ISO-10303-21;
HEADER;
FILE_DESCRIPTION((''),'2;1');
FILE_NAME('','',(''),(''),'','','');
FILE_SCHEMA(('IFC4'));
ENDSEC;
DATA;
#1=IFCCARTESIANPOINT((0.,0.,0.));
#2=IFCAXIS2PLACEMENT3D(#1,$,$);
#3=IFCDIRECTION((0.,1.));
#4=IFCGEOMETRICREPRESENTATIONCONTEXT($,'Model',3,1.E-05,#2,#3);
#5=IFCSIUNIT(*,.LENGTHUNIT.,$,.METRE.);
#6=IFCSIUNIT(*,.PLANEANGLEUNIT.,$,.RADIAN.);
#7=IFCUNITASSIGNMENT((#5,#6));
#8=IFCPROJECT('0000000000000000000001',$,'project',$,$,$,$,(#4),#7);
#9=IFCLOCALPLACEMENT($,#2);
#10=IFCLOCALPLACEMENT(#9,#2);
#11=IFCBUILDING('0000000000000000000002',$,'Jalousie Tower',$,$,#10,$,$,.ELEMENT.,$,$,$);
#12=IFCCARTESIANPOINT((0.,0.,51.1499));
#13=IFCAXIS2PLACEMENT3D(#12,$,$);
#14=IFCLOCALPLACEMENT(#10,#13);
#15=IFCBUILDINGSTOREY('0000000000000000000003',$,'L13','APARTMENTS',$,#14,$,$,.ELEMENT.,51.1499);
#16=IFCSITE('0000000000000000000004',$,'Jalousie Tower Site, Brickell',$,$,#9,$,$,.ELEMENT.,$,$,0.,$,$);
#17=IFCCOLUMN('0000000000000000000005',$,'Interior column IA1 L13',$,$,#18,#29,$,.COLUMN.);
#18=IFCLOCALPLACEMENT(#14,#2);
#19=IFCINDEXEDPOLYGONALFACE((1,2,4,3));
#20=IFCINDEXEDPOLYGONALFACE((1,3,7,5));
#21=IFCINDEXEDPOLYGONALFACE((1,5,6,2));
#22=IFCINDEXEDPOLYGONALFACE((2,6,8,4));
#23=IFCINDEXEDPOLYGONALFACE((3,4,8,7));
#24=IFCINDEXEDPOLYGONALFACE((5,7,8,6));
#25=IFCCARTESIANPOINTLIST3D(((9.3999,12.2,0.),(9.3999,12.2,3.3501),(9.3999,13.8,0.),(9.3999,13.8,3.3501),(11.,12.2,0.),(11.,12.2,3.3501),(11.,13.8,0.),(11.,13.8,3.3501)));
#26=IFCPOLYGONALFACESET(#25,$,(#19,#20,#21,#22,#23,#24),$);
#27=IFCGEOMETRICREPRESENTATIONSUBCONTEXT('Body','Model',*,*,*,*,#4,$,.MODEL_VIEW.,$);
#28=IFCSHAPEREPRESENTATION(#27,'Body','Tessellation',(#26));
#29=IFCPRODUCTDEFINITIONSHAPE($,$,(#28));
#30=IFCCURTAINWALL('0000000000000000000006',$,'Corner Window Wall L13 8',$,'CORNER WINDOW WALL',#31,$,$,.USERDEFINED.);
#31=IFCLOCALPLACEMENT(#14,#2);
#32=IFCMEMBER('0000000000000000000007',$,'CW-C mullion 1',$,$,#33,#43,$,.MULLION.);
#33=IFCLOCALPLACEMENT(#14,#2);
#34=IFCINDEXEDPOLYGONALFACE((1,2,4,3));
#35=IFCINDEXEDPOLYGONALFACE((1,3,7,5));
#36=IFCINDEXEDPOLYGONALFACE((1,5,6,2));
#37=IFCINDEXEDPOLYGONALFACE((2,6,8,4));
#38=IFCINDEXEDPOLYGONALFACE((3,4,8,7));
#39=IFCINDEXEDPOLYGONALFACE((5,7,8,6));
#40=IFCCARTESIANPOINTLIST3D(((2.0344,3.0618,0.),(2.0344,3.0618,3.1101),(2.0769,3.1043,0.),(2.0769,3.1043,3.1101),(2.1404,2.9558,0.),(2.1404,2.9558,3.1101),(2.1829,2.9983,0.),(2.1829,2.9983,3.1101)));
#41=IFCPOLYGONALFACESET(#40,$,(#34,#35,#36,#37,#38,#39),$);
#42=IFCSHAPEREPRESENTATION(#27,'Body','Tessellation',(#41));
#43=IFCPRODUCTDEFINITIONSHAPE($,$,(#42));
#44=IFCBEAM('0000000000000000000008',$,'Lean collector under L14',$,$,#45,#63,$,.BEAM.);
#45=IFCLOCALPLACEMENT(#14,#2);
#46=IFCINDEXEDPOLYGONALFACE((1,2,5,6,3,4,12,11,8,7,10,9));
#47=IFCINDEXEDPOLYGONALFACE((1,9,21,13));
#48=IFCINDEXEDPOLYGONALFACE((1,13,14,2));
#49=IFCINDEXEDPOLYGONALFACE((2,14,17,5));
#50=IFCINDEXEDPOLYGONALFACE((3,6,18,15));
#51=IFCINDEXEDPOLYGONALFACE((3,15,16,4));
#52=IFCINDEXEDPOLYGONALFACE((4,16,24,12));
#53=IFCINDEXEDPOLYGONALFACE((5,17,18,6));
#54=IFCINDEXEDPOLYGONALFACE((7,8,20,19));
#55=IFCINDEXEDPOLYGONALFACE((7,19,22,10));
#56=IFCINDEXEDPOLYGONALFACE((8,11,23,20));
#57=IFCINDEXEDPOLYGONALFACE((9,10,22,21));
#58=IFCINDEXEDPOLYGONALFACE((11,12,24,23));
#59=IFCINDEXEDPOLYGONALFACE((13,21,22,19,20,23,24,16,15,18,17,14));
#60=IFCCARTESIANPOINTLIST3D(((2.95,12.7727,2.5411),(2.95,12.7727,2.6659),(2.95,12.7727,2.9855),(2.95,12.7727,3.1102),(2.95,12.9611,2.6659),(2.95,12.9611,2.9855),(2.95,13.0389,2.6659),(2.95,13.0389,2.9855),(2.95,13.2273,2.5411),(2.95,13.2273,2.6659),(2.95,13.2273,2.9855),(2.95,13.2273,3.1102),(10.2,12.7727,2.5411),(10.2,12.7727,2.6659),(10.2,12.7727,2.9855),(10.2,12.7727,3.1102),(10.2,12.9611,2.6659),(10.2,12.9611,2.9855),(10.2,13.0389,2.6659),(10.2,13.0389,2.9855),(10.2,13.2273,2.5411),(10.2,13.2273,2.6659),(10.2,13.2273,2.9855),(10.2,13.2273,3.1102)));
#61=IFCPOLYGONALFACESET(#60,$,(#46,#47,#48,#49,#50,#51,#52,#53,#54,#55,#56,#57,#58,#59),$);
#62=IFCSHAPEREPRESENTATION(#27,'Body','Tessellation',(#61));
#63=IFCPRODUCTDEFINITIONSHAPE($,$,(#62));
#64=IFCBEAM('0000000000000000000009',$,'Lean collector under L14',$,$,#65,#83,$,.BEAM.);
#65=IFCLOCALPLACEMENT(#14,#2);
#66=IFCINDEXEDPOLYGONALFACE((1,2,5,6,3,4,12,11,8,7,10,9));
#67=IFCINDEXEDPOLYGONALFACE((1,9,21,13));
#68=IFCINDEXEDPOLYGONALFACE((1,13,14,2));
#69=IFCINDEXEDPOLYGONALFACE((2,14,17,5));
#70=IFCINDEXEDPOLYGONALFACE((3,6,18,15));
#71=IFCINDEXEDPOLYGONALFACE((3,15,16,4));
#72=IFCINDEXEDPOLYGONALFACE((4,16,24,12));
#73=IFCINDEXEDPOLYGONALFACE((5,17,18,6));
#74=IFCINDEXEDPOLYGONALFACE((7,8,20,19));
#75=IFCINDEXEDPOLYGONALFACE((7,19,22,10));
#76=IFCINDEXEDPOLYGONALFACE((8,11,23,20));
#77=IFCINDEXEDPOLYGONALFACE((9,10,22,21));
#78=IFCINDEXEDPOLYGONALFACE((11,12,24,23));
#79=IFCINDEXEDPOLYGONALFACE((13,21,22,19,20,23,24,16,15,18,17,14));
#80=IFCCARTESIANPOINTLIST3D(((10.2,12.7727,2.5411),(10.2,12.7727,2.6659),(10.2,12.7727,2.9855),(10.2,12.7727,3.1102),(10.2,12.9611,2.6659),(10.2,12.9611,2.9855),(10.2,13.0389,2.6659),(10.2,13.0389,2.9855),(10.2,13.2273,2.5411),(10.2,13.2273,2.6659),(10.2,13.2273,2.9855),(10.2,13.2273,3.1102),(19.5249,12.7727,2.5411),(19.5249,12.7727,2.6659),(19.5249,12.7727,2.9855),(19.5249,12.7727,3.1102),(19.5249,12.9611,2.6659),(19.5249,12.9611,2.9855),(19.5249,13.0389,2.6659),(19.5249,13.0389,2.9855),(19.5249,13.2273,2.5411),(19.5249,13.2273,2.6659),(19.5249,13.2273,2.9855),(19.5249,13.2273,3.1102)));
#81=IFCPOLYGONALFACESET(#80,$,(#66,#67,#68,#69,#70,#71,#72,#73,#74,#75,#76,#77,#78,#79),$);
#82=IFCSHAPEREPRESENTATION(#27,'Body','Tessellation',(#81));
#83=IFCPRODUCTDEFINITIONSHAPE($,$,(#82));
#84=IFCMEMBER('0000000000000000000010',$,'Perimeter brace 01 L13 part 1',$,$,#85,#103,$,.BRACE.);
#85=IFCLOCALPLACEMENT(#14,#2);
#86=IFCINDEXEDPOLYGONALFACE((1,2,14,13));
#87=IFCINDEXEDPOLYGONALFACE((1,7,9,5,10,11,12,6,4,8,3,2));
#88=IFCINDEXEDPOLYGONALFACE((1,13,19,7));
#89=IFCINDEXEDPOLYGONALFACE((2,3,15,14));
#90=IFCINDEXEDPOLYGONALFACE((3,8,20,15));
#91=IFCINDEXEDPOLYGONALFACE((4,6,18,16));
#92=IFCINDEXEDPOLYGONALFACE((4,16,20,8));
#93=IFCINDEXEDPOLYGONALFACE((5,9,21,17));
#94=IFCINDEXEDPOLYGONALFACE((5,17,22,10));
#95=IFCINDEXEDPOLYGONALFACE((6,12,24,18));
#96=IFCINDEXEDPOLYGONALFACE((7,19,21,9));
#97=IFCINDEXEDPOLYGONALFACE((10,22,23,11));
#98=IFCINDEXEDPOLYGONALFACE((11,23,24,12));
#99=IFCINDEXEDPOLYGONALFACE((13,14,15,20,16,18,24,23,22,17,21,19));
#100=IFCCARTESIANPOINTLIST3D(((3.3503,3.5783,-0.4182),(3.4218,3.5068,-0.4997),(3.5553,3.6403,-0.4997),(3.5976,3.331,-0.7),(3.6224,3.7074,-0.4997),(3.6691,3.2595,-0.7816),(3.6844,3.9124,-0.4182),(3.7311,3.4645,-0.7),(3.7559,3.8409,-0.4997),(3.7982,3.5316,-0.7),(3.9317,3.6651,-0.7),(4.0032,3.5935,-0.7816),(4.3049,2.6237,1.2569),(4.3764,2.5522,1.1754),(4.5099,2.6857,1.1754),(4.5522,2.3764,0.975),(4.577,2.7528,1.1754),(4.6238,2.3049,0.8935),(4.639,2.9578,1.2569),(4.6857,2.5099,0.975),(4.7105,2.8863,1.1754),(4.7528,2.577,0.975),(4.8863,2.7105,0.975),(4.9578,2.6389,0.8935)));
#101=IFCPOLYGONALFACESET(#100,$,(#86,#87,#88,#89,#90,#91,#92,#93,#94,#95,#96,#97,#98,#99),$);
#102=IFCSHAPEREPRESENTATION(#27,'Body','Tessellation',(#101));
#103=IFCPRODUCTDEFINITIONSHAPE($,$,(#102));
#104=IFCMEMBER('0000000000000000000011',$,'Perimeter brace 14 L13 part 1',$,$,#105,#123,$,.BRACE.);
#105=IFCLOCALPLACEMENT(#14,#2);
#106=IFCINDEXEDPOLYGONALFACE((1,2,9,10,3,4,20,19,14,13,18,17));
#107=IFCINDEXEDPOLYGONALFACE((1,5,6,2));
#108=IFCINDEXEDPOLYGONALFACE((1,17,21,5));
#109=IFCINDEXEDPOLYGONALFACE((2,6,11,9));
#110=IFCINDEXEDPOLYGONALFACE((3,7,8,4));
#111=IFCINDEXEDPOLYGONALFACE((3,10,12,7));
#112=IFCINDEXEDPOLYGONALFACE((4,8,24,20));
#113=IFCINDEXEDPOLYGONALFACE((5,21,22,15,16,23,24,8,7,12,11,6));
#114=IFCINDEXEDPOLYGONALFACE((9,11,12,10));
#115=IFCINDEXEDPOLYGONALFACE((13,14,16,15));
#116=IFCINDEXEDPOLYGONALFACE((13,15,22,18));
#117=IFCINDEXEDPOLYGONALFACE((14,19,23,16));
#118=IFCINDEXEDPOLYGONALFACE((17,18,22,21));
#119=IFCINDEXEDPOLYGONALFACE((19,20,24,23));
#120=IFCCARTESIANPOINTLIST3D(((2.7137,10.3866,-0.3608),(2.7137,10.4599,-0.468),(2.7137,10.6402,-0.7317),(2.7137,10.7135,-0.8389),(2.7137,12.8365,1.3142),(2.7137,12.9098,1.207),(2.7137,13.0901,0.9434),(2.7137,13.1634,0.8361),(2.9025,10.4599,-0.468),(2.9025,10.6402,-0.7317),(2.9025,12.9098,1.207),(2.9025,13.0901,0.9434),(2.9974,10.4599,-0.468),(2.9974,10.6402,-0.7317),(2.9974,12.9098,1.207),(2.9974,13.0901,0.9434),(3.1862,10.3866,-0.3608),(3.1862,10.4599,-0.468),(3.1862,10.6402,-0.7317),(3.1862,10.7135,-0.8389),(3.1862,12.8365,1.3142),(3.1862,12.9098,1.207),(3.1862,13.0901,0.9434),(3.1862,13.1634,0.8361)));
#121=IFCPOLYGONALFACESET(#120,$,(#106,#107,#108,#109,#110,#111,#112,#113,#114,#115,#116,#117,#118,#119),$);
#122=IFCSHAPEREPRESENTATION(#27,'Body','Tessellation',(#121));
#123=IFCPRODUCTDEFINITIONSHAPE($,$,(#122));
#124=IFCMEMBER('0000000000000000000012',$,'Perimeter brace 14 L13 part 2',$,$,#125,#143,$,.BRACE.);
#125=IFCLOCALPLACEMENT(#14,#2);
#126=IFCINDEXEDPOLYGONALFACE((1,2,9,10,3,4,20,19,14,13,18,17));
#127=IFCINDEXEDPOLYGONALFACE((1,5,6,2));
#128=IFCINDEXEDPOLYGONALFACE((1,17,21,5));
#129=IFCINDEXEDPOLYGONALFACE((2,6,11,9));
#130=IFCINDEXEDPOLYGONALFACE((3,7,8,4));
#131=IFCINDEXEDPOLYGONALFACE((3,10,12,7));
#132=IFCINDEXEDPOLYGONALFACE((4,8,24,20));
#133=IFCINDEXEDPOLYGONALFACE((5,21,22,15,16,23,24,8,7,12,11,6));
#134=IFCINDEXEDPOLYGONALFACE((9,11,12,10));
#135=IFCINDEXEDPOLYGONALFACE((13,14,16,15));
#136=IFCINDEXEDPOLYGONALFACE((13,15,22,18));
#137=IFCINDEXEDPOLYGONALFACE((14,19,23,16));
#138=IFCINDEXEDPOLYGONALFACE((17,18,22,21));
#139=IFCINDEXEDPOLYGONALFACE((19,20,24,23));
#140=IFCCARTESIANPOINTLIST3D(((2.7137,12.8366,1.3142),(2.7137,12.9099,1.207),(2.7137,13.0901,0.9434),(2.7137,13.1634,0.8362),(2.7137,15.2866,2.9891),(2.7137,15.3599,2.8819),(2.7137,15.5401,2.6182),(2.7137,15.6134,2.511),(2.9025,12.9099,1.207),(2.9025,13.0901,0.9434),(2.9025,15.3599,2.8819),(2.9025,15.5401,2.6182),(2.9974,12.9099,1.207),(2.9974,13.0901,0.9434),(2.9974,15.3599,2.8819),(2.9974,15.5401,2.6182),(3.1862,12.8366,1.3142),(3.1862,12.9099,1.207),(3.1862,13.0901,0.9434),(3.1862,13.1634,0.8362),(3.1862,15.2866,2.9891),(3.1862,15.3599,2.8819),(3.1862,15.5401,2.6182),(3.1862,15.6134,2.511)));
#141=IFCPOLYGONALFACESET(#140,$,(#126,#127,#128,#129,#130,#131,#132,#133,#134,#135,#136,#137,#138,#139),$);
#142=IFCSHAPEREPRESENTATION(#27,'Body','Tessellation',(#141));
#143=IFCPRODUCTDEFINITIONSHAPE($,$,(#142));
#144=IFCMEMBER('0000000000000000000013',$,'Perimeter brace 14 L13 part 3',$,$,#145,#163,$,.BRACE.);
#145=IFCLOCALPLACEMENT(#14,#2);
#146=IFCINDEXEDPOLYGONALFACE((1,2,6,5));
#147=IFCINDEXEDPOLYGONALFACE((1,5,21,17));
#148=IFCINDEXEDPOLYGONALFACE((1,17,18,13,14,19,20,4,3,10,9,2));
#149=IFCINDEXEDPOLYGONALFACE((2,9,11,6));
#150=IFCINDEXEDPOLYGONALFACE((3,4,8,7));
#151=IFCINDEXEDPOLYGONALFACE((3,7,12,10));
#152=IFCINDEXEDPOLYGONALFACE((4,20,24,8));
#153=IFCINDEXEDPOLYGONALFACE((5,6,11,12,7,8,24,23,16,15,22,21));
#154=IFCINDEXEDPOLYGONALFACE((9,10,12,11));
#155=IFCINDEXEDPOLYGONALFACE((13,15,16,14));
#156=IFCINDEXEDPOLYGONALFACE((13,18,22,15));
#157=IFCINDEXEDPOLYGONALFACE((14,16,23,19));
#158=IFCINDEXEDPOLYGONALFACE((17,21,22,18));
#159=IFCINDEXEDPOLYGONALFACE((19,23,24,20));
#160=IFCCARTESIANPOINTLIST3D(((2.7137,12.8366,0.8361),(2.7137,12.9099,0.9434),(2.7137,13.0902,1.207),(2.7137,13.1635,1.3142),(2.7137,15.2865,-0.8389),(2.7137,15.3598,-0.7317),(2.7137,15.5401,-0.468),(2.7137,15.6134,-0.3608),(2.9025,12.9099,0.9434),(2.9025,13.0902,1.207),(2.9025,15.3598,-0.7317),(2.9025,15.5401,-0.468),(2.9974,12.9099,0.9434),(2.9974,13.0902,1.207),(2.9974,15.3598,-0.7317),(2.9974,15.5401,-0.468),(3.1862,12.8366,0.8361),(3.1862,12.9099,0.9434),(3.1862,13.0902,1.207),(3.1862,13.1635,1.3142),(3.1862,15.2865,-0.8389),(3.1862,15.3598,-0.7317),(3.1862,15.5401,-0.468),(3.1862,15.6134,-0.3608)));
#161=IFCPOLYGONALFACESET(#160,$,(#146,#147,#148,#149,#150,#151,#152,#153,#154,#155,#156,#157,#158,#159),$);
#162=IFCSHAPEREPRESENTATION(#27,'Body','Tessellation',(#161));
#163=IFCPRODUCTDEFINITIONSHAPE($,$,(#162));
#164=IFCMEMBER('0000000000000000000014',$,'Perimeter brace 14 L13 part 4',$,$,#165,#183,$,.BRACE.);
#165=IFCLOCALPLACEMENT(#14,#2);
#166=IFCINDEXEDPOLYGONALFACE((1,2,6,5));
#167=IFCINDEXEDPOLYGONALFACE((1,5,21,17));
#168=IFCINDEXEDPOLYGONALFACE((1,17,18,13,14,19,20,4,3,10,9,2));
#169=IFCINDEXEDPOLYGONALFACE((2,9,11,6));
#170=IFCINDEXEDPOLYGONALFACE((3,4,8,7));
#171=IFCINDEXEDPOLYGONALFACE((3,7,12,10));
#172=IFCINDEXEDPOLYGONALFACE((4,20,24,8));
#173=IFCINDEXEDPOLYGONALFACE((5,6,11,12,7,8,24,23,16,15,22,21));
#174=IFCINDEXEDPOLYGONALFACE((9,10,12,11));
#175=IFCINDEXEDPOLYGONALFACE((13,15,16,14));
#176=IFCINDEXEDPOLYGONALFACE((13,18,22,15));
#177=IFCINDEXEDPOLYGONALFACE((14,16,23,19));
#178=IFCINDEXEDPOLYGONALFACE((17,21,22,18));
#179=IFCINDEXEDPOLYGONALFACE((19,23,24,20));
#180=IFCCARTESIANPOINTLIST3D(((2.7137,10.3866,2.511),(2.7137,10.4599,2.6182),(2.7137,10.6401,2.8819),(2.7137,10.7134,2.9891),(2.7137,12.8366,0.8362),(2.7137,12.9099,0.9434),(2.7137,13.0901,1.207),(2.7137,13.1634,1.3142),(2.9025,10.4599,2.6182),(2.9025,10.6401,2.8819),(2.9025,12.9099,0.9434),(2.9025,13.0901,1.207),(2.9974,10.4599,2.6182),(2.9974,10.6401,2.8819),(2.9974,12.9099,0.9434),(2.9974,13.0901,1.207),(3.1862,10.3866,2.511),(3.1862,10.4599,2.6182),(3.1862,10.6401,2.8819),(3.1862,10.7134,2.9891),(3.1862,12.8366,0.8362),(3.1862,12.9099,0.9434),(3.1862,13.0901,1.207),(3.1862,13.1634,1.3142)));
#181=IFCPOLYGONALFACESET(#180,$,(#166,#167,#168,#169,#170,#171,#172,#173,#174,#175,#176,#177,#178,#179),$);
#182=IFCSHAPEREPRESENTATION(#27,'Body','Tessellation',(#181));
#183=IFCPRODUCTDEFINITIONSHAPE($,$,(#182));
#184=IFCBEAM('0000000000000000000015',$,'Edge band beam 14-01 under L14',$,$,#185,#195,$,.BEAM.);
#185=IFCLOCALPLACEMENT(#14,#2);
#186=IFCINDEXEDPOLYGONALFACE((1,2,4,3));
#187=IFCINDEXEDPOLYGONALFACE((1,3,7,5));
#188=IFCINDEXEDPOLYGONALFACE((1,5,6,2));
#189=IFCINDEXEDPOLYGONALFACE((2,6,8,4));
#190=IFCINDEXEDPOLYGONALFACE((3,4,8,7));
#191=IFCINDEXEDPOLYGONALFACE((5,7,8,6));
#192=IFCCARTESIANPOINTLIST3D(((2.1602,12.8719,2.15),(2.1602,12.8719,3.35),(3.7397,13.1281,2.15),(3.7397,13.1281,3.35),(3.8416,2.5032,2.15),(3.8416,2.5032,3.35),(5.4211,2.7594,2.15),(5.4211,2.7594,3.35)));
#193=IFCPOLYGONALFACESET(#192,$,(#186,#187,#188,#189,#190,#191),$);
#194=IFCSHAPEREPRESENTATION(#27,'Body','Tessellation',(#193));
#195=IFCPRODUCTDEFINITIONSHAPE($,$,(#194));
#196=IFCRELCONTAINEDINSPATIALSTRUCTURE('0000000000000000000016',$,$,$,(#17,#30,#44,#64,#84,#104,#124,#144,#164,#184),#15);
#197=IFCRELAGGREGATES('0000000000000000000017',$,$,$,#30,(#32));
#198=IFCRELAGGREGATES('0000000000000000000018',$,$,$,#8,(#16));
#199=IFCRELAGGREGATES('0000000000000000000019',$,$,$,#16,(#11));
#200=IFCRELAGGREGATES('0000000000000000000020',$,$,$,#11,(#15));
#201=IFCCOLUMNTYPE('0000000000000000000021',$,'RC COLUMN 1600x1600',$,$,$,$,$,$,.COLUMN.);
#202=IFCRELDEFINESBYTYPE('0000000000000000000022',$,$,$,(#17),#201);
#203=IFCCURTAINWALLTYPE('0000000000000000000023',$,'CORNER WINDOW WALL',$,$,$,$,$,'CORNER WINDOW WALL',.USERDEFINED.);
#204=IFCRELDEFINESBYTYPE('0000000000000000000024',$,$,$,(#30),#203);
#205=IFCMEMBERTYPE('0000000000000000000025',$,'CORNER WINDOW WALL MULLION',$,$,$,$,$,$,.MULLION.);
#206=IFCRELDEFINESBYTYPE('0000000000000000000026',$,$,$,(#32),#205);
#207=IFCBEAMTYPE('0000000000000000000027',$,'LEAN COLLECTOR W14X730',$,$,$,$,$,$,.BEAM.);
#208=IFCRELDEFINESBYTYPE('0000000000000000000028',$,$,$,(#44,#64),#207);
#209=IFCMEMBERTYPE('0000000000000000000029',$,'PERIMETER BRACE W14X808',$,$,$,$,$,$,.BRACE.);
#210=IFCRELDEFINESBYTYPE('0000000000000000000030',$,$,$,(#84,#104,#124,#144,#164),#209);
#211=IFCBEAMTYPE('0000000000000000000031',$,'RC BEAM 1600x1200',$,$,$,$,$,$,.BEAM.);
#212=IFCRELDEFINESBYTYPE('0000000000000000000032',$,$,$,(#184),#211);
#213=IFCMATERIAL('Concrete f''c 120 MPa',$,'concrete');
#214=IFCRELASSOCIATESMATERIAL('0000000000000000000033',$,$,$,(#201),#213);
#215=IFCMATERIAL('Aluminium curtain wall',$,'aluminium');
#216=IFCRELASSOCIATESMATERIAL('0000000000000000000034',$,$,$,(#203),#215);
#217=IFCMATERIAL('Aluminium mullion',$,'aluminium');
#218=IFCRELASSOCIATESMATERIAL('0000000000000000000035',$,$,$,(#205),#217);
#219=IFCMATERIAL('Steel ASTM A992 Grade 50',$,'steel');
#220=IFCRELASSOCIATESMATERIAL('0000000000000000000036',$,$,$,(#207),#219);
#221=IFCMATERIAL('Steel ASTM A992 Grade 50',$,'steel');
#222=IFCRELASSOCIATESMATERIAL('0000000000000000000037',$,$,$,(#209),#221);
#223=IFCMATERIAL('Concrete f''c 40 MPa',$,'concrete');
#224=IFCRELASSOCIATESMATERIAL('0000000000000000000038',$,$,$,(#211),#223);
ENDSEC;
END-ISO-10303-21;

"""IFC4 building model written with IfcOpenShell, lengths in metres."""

from ifc_helpers import new_model, si_unit, direction, frame, origin, origin_2d, place, context, subcontext, project, spatial, rectangle, i_section, extrude, material, material_profile, profile_set, type_object, element, aggregate, save


model = new_model("IFC4")

# Units and contexts
model_context = context("Model", 3, precision=1e-05, world=origin(), true_north=direction((0.0, 1.0)))
body_context = subcontext(model_context, "Body", "Model", "MODEL_VIEW")
ifc_project = project(units=[si_unit("LENGTHUNIT", "METRE"), si_unit("PLANEANGLEUNIT", "RADIAN")], contexts=[model_context])

# Site, building, storey
site_placement = place(None, origin())
site = spatial("IfcSite", under=ifc_project, at=site_placement, Name="Jalousie Tower Site, Brickell", CompositionType="ELEMENT", RefElevation=0.0)
building_placement = place(site_placement, origin())
building = spatial("IfcBuilding", under=site, at=building_placement, Name="Jalousie Tower", CompositionType="ELEMENT")
storey_placement = place(building_placement, frame((0.0, 0.0, 51.1499)))
storey = spatial("IfcBuildingStorey", under=building, at=storey_placement, Name="L13", Description="APARTMENTS", CompositionType="ELEMENT", Elevation=51.1499)

# Column
ifc_material_1 = material(Name="Concrete f'c 120 MPa", Category="concrete")
ifc_material_profile_1 = material_profile(ifc_material_1, rectangle(XDim=1.6001, YDim=1.6001, at=origin_2d()), Name="RC 1600x1600")
ifc_profile_set_1 = profile_set([ifc_material_profile_1], Name="Concrete f'c 120 MPa")
column_type = type_object("IfcColumnType", Name="RC COLUMN 1600x1600", PredefinedType="COLUMN", material=ifc_profile_set_1)
column_placement = place(storey_placement, frame((10.2, 13.0, 0.0), z_axis=(0.0, 0.0, 1.0), x_axis=(1.0, 0.0, 0.0)))
element("IfcColumn", 1, at=column_placement, inside=storey, type_object=column_type, Name="Interior column IA1 L13", PredefinedType="COLUMN", context=body_context, shape_type="SweptSolid", body=[
    extrude(rectangle(XDim=1.6001, YDim=1.6001, at=origin_2d()), origin(), (0.0, 0.0, 1.0), 3.3501),
])

# Curtain wall, member
ifc_material_2 = material(Name="Aluminium curtain wall", Category="aluminium")
curtain_wall_type_1 = type_object("IfcCurtainWallType", Name="CORNER WINDOW WALL", ElementType="CORNER WINDOW WALL", PredefinedType="USERDEFINED", material=ifc_material_2)
curtain_wall_1_placement = place(storey_placement, origin())
curtain_wall_1 = element("IfcCurtainWall", 2, at=curtain_wall_1_placement, inside=storey, type_object=curtain_wall_type_1, Name="Corner Window Wall L13 8", ObjectType="CORNER WINDOW WALL", PredefinedType="USERDEFINED")
ifc_material_3 = material(Name="Aluminium mullion", Category="aluminium")
ifc_material_profile_2 = material_profile(ifc_material_3, rectangle(XDim=0.0601, YDim=0.1499, at=origin_2d()), Name="MULLION 60x150")
ifc_profile_set_2 = profile_set([ifc_material_profile_2], Name="Aluminium mullion")
member_type_1 = type_object("IfcMemberType", Name="CORNER WINDOW WALL MULLION", PredefinedType="MULLION", material=ifc_profile_set_2)
member_1_placement = place(storey_placement, frame((2.1086, 3.03, 0.0), z_axis=(0.0, 0.0, 1.0), x_axis=(0.707107, 0.707107, 0.0)))
member_1 = element("IfcMember", 3, at=member_1_placement, type_object=member_type_1, Name="CW-C mullion 1", PredefinedType="MULLION", context=body_context, shape_type="SweptSolid", body=[
    extrude(rectangle(XDim=0.0601, YDim=0.1499, at=origin_2d()), origin(), (0.0, 0.0, 1.0), 3.1101),
])
aggregate(curtain_wall_1, [member_1])

# Beams
ifc_material_4 = material(Name="Steel ASTM A992 Grade 50", Category="steel")
ifc_material_profile_3 = material_profile(ifc_material_4, i_section(OverallWidth=0.4546, OverallDepth=0.5691, WebThickness=0.0779, FlangeThickness=0.1248, at=origin_2d()), Name="W14X730")
ifc_profile_set_3 = profile_set([ifc_material_profile_3], Name="Steel ASTM A992 Grade 50")
beam_type_1 = type_object("IfcBeamType", Name="LEAN COLLECTOR W14X730", PredefinedType="BEAM", material=ifc_profile_set_3)
beam_1_placement = place(storey_placement, frame((2.95, 13.0, 2.8257), z_axis=(1.0, 0.0, 0.0), x_axis=(0.0, 1.0, 0.0)))
element("IfcBeam", 4, at=beam_1_placement, inside=storey, type_object=beam_type_1, Name="Lean collector under L14", PredefinedType="BEAM", context=body_context, shape_type="SweptSolid", body=[
    extrude(i_section(OverallWidth=0.4546, OverallDepth=0.5691, WebThickness=0.0779, FlangeThickness=0.1248, at=origin_2d()), origin(), (0.0, 0.0, 1.0), 7.25),
])
beam_2_placement = place(storey_placement, frame((10.2, 13.0, 2.8257), z_axis=(1.0, 0.0, 0.0), x_axis=(0.0, 1.0, 0.0)))
element("IfcBeam", 5, at=beam_2_placement, inside=storey, type_object=beam_type_1, Name="Lean collector under L14", PredefinedType="BEAM", context=body_context, shape_type="SweptSolid", body=[
    extrude(i_section(OverallWidth=0.4546, OverallDepth=0.5691, WebThickness=0.0779, FlangeThickness=0.1248, at=origin_2d()), origin(), (0.0, 0.0, 1.0), 9.325),
])

# Members
ifc_material_5 = material(Name="Steel ASTM A992 Grade 50", Category="steel")
ifc_material_profile_4 = material_profile(ifc_material_5, i_section(OverallWidth=0.4724, OverallDepth=0.5791, WebThickness=0.095, FlangeThickness=0.1299, at=origin_2d()), Name="W14X808")
ifc_profile_set_4 = profile_set([ifc_material_profile_4], Name="Steel ASTM A992 Grade 50")
member_type_2 = type_object("IfcMemberType", Name="PERIMETER BRACE W14X808", PredefinedType="BRACE", material=ifc_profile_set_4)
member_2_placement = place(storey_placement, frame((3.6768, 3.5859, -0.5999), z_axis=(0.443718, -0.443718, 0.778607), x_axis=(0.707107, 0.707107, 0.0)))
element("IfcMember", 6, at=member_2_placement, inside=storey, type_object=member_type_2, Name="Perimeter brace 01 L13 part 1", PredefinedType="BRACE", context=body_context, shape_type="SweptSolid", body=[
    extrude(i_section(OverallWidth=0.4724, OverallDepth=0.5791, WebThickness=0.095, FlangeThickness=0.1299, at=origin_2d()), origin(), (0.0, 0.0, 1.0), 2.1514),
])
for number, where, z_axis, x_axis, name in (
    (7, (2.95, 10.55, -0.5999), (0.0, 0.825501, 0.564401), (-1.0, 0.0, 0.0), "Perimeter brace 14 L13 part 1"),
    (8, (2.95, 13.0, 1.0752), (0.0, 0.825539, 0.564345), (-1.0, 0.0, 0.0), "Perimeter brace 14 L13 part 2"),
    (9, (2.95, 15.45, -0.5999), (0.0, -0.825501, 0.564401), (1.0, 0.0, 0.0), "Perimeter brace 14 L13 part 3"),
    (10, (2.95, 13.0, 1.0752), (0.0, -0.825539, 0.564345), (1.0, 0.0, 0.0), "Perimeter brace 14 L13 part 4"),
):
    element("IfcMember", number, at=place(storey_placement, frame(where, z_axis=z_axis, x_axis=x_axis)), inside=storey, type_object=member_type_2, Name=name, PredefinedType="BRACE", context=body_context, shape_type="SweptSolid", body=[
        extrude(i_section(OverallWidth=0.4724, OverallDepth=0.5791, WebThickness=0.095, FlangeThickness=0.1299, at=origin_2d()), origin(), (0.0, 0.0, 1.0), 2.9678),
    ])

# Beam
ifc_material_6 = material(Name="Concrete f'c 40 MPa", Category="concrete")
ifc_material_profile_5 = material_profile(ifc_material_6, rectangle(XDim=1.6001, YDim=1.2, at=origin_2d()), Name="RC 1600x1200")
ifc_profile_set_5 = profile_set([ifc_material_profile_5], Name="Concrete f'c 40 MPa")
beam_type_2 = type_object("IfcBeamType", Name="RC BEAM 1600x1200", PredefinedType="BEAM", material=ifc_profile_set_5)
beam_3_placement = place(storey_placement, frame((2.95, 13.0, 2.75), z_axis=(0.160071, -0.987106, 0.0), x_axis=(0.987106, 0.160071, 0.0)))
element("IfcBeam", 11, at=beam_3_placement, inside=storey, type_object=beam_type_2, Name="Edge band beam 14-01 under L14", PredefinedType="BEAM", context=body_context, shape_type="SweptSolid", body=[
    extrude(rectangle(XDim=1.6001, YDim=1.2, at=origin_2d()), origin(), (0.0, 0.0, 1.0), 10.5042),
])

save(model, "model.ifc")
